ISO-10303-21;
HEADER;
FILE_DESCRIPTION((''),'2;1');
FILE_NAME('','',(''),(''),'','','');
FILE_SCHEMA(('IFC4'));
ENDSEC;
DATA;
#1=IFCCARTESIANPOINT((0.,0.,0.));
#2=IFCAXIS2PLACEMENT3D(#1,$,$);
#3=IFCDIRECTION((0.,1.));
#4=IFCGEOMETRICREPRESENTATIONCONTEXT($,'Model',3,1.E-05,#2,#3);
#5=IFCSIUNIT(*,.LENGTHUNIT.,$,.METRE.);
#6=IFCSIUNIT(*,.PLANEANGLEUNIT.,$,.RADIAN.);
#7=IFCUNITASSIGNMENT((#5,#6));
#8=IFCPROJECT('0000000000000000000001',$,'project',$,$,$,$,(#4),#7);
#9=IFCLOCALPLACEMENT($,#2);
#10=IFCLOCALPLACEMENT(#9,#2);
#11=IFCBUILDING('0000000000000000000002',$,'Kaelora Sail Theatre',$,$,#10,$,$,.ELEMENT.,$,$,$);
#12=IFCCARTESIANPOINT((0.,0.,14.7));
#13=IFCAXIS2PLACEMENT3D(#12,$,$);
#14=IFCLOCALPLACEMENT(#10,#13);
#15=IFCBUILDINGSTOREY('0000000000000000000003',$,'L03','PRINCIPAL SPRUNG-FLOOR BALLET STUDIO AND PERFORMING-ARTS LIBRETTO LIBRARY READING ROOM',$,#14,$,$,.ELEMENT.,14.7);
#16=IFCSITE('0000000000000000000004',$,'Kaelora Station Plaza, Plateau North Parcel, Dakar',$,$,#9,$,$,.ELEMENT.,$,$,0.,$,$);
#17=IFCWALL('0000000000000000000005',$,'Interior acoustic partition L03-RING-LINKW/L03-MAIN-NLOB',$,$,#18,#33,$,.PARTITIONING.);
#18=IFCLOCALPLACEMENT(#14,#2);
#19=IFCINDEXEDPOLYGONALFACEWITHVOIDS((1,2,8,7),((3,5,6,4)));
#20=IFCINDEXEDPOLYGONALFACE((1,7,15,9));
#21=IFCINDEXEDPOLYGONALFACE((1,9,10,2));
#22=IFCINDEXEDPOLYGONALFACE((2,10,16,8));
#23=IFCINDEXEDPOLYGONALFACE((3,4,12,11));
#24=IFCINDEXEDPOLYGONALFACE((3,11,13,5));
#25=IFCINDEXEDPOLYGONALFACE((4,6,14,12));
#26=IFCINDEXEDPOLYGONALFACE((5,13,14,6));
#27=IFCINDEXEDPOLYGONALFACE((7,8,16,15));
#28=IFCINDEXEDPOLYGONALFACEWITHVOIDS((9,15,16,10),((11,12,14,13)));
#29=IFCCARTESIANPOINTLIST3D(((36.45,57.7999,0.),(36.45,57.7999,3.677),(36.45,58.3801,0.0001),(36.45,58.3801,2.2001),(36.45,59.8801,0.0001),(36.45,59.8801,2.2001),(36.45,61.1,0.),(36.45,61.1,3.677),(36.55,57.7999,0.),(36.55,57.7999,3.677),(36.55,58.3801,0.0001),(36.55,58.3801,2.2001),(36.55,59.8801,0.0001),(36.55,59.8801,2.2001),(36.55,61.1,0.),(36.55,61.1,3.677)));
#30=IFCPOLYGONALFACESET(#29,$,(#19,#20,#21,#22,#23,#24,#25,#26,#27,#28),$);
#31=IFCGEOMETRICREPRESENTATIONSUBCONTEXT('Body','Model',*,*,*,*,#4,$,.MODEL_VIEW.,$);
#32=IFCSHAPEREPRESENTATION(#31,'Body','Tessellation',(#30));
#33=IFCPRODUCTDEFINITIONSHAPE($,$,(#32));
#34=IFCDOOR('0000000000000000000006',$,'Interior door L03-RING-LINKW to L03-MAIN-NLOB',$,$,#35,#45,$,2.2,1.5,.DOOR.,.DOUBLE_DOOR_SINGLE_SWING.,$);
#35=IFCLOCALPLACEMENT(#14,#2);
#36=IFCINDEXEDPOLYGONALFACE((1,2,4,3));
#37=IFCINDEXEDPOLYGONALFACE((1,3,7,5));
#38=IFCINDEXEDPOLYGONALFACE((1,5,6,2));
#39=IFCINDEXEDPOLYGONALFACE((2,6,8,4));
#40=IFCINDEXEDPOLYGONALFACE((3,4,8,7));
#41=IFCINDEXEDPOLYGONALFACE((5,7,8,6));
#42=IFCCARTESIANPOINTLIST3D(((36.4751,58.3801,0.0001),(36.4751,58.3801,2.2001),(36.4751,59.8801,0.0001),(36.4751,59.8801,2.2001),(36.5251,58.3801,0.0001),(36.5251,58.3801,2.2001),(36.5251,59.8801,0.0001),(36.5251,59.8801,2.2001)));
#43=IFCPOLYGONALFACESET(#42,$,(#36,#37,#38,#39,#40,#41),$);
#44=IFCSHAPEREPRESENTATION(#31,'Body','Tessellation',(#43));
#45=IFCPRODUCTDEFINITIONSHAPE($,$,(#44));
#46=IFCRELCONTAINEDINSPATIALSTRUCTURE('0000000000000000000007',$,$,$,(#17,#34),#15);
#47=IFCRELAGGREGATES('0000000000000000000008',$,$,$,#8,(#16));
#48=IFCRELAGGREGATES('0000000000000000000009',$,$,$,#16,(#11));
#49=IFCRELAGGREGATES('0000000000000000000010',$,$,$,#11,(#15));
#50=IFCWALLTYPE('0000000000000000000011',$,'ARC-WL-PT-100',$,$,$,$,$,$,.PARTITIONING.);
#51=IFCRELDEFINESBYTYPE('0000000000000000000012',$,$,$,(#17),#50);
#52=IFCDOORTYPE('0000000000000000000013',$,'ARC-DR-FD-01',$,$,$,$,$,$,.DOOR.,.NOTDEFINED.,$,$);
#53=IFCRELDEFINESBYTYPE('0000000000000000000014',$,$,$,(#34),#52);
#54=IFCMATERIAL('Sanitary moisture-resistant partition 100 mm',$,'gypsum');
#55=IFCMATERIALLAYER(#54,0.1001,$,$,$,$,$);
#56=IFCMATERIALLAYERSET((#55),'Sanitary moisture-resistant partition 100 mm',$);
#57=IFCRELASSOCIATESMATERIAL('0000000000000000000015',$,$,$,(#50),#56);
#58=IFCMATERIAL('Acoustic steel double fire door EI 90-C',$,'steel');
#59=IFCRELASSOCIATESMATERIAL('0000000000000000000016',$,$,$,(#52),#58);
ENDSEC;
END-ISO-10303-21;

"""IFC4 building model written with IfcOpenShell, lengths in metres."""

from ifc_helpers import new_model, si_unit, direction, frame, frame_2d, origin, place, context, subcontext, project, spatial, rectangle, extrude, material, layer, layer_set, type_object, element, fill, save


model = new_model("IFC4")

# Units and contexts
model_context = context("Model", 3, precision=1e-05, world=origin(), true_north=direction((0.0, 1.0)))
body_context = subcontext(model_context, "Body", "Model", "MODEL_VIEW")
ifc_project = project(units=[si_unit("LENGTHUNIT", "METRE"), si_unit("PLANEANGLEUNIT", "RADIAN")], contexts=[model_context])

# Site, building, storey
site_placement = place(None, origin())
site = spatial("IfcSite", under=ifc_project, at=site_placement, Name="Kaelora Station Plaza, Plateau North Parcel, Dakar", CompositionType="ELEMENT", RefElevation=0.0)
building_placement = place(site_placement, origin())
building = spatial("IfcBuilding", under=site, at=building_placement, Name="Kaelora Sail Theatre", CompositionType="ELEMENT")
storey_placement = place(building_placement, frame((0.0, 0.0, 14.7)))
storey = spatial("IfcBuildingStorey", under=building, at=storey_placement, Name="L03", Description="PRINCIPAL SPRUNG-FLOOR BALLET STUDIO AND PERFORMING-ARTS LIBRETTO LIBRARY READING ROOM", CompositionType="ELEMENT", Elevation=14.7)

# Wall, opening, door
ifc_material_1 = material(Name="Sanitary moisture-resistant partition 100 mm", Category="gypsum")
ifc_layer_1 = layer(ifc_material_1, 0.1001)
ifc_layer_set_1 = layer_set([ifc_layer_1], Name="Sanitary moisture-resistant partition 100 mm")
wall_type_1 = type_object("IfcWallType", Name="ARC-WL-PT-100", PredefinedType="PARTITIONING", material=ifc_layer_set_1)
wall_1_placement = place(storey_placement, frame((36.5, 57.8, 0.0), z_axis=(0.0, 0.0, 1.0), x_axis=(0.0, 1.0, 0.0)))
wall_1 = element("IfcWall", 1, at=wall_1_placement, inside=storey, type_object=wall_type_1, Name="Interior acoustic partition L03-RING-LINKW/L03-MAIN-NLOB", PredefinedType="PARTITIONING", context=body_context, shape_type="SweptSolid", body=[
    extrude(rectangle(XDim=3.3, YDim=0.1001, at=frame_2d((1.6499, 0.0))), origin(), (0.0, 0.0, 1.0), 3.677),
])
opening_placement = place(wall_1_placement, frame((0.5801, 0.0, 0.0)))
opening = element("IfcOpeningElement", 2, at=opening_placement, cuts=wall_1, PredefinedType="OPENING", context=body_context, shape_type="SweptSolid", body=[
    extrude(rectangle(XDim=1.5, YDim=2.2, at=frame_2d((0.75, 1.1001))), frame((0.0, 0.06, 0.0), z_axis=(0.0, -1.0, 0.0), x_axis=(1.0, 0.0, 0.0)), (0.0, 0.0, 1.0), 0.1201),
])
ifc_material_2 = material(Name="Acoustic steel double fire door EI 90-C", Category="steel")
door_type = type_object("IfcDoorType", Name="ARC-DR-FD-01", OperationType="NOTDEFINED", PredefinedType="DOOR", material=ifc_material_2)
door_placement = place(opening_placement, origin())
door = element("IfcDoor", 3, at=door_placement, inside=storey, type_object=door_type, Name="Interior door L03-RING-LINKW to L03-MAIN-NLOB", OperationType="DOUBLE_DOOR_SINGLE_SWING", OverallHeight=2.2, OverallWidth=1.5, PredefinedType="DOOR", context=body_context, shape_type="SweptSolid", body=[
    extrude(rectangle(XDim=1.5, YDim=2.2, at=frame_2d((0.75, 1.1001))), frame((0.0, 0.0249, 0.0), z_axis=(0.0, -1.0, 0.0), x_axis=(1.0, 0.0, 0.0)), (0.0, 0.0, 1.0), 0.05),
])
fill(opening, door)

save(model, "model.ifc")
